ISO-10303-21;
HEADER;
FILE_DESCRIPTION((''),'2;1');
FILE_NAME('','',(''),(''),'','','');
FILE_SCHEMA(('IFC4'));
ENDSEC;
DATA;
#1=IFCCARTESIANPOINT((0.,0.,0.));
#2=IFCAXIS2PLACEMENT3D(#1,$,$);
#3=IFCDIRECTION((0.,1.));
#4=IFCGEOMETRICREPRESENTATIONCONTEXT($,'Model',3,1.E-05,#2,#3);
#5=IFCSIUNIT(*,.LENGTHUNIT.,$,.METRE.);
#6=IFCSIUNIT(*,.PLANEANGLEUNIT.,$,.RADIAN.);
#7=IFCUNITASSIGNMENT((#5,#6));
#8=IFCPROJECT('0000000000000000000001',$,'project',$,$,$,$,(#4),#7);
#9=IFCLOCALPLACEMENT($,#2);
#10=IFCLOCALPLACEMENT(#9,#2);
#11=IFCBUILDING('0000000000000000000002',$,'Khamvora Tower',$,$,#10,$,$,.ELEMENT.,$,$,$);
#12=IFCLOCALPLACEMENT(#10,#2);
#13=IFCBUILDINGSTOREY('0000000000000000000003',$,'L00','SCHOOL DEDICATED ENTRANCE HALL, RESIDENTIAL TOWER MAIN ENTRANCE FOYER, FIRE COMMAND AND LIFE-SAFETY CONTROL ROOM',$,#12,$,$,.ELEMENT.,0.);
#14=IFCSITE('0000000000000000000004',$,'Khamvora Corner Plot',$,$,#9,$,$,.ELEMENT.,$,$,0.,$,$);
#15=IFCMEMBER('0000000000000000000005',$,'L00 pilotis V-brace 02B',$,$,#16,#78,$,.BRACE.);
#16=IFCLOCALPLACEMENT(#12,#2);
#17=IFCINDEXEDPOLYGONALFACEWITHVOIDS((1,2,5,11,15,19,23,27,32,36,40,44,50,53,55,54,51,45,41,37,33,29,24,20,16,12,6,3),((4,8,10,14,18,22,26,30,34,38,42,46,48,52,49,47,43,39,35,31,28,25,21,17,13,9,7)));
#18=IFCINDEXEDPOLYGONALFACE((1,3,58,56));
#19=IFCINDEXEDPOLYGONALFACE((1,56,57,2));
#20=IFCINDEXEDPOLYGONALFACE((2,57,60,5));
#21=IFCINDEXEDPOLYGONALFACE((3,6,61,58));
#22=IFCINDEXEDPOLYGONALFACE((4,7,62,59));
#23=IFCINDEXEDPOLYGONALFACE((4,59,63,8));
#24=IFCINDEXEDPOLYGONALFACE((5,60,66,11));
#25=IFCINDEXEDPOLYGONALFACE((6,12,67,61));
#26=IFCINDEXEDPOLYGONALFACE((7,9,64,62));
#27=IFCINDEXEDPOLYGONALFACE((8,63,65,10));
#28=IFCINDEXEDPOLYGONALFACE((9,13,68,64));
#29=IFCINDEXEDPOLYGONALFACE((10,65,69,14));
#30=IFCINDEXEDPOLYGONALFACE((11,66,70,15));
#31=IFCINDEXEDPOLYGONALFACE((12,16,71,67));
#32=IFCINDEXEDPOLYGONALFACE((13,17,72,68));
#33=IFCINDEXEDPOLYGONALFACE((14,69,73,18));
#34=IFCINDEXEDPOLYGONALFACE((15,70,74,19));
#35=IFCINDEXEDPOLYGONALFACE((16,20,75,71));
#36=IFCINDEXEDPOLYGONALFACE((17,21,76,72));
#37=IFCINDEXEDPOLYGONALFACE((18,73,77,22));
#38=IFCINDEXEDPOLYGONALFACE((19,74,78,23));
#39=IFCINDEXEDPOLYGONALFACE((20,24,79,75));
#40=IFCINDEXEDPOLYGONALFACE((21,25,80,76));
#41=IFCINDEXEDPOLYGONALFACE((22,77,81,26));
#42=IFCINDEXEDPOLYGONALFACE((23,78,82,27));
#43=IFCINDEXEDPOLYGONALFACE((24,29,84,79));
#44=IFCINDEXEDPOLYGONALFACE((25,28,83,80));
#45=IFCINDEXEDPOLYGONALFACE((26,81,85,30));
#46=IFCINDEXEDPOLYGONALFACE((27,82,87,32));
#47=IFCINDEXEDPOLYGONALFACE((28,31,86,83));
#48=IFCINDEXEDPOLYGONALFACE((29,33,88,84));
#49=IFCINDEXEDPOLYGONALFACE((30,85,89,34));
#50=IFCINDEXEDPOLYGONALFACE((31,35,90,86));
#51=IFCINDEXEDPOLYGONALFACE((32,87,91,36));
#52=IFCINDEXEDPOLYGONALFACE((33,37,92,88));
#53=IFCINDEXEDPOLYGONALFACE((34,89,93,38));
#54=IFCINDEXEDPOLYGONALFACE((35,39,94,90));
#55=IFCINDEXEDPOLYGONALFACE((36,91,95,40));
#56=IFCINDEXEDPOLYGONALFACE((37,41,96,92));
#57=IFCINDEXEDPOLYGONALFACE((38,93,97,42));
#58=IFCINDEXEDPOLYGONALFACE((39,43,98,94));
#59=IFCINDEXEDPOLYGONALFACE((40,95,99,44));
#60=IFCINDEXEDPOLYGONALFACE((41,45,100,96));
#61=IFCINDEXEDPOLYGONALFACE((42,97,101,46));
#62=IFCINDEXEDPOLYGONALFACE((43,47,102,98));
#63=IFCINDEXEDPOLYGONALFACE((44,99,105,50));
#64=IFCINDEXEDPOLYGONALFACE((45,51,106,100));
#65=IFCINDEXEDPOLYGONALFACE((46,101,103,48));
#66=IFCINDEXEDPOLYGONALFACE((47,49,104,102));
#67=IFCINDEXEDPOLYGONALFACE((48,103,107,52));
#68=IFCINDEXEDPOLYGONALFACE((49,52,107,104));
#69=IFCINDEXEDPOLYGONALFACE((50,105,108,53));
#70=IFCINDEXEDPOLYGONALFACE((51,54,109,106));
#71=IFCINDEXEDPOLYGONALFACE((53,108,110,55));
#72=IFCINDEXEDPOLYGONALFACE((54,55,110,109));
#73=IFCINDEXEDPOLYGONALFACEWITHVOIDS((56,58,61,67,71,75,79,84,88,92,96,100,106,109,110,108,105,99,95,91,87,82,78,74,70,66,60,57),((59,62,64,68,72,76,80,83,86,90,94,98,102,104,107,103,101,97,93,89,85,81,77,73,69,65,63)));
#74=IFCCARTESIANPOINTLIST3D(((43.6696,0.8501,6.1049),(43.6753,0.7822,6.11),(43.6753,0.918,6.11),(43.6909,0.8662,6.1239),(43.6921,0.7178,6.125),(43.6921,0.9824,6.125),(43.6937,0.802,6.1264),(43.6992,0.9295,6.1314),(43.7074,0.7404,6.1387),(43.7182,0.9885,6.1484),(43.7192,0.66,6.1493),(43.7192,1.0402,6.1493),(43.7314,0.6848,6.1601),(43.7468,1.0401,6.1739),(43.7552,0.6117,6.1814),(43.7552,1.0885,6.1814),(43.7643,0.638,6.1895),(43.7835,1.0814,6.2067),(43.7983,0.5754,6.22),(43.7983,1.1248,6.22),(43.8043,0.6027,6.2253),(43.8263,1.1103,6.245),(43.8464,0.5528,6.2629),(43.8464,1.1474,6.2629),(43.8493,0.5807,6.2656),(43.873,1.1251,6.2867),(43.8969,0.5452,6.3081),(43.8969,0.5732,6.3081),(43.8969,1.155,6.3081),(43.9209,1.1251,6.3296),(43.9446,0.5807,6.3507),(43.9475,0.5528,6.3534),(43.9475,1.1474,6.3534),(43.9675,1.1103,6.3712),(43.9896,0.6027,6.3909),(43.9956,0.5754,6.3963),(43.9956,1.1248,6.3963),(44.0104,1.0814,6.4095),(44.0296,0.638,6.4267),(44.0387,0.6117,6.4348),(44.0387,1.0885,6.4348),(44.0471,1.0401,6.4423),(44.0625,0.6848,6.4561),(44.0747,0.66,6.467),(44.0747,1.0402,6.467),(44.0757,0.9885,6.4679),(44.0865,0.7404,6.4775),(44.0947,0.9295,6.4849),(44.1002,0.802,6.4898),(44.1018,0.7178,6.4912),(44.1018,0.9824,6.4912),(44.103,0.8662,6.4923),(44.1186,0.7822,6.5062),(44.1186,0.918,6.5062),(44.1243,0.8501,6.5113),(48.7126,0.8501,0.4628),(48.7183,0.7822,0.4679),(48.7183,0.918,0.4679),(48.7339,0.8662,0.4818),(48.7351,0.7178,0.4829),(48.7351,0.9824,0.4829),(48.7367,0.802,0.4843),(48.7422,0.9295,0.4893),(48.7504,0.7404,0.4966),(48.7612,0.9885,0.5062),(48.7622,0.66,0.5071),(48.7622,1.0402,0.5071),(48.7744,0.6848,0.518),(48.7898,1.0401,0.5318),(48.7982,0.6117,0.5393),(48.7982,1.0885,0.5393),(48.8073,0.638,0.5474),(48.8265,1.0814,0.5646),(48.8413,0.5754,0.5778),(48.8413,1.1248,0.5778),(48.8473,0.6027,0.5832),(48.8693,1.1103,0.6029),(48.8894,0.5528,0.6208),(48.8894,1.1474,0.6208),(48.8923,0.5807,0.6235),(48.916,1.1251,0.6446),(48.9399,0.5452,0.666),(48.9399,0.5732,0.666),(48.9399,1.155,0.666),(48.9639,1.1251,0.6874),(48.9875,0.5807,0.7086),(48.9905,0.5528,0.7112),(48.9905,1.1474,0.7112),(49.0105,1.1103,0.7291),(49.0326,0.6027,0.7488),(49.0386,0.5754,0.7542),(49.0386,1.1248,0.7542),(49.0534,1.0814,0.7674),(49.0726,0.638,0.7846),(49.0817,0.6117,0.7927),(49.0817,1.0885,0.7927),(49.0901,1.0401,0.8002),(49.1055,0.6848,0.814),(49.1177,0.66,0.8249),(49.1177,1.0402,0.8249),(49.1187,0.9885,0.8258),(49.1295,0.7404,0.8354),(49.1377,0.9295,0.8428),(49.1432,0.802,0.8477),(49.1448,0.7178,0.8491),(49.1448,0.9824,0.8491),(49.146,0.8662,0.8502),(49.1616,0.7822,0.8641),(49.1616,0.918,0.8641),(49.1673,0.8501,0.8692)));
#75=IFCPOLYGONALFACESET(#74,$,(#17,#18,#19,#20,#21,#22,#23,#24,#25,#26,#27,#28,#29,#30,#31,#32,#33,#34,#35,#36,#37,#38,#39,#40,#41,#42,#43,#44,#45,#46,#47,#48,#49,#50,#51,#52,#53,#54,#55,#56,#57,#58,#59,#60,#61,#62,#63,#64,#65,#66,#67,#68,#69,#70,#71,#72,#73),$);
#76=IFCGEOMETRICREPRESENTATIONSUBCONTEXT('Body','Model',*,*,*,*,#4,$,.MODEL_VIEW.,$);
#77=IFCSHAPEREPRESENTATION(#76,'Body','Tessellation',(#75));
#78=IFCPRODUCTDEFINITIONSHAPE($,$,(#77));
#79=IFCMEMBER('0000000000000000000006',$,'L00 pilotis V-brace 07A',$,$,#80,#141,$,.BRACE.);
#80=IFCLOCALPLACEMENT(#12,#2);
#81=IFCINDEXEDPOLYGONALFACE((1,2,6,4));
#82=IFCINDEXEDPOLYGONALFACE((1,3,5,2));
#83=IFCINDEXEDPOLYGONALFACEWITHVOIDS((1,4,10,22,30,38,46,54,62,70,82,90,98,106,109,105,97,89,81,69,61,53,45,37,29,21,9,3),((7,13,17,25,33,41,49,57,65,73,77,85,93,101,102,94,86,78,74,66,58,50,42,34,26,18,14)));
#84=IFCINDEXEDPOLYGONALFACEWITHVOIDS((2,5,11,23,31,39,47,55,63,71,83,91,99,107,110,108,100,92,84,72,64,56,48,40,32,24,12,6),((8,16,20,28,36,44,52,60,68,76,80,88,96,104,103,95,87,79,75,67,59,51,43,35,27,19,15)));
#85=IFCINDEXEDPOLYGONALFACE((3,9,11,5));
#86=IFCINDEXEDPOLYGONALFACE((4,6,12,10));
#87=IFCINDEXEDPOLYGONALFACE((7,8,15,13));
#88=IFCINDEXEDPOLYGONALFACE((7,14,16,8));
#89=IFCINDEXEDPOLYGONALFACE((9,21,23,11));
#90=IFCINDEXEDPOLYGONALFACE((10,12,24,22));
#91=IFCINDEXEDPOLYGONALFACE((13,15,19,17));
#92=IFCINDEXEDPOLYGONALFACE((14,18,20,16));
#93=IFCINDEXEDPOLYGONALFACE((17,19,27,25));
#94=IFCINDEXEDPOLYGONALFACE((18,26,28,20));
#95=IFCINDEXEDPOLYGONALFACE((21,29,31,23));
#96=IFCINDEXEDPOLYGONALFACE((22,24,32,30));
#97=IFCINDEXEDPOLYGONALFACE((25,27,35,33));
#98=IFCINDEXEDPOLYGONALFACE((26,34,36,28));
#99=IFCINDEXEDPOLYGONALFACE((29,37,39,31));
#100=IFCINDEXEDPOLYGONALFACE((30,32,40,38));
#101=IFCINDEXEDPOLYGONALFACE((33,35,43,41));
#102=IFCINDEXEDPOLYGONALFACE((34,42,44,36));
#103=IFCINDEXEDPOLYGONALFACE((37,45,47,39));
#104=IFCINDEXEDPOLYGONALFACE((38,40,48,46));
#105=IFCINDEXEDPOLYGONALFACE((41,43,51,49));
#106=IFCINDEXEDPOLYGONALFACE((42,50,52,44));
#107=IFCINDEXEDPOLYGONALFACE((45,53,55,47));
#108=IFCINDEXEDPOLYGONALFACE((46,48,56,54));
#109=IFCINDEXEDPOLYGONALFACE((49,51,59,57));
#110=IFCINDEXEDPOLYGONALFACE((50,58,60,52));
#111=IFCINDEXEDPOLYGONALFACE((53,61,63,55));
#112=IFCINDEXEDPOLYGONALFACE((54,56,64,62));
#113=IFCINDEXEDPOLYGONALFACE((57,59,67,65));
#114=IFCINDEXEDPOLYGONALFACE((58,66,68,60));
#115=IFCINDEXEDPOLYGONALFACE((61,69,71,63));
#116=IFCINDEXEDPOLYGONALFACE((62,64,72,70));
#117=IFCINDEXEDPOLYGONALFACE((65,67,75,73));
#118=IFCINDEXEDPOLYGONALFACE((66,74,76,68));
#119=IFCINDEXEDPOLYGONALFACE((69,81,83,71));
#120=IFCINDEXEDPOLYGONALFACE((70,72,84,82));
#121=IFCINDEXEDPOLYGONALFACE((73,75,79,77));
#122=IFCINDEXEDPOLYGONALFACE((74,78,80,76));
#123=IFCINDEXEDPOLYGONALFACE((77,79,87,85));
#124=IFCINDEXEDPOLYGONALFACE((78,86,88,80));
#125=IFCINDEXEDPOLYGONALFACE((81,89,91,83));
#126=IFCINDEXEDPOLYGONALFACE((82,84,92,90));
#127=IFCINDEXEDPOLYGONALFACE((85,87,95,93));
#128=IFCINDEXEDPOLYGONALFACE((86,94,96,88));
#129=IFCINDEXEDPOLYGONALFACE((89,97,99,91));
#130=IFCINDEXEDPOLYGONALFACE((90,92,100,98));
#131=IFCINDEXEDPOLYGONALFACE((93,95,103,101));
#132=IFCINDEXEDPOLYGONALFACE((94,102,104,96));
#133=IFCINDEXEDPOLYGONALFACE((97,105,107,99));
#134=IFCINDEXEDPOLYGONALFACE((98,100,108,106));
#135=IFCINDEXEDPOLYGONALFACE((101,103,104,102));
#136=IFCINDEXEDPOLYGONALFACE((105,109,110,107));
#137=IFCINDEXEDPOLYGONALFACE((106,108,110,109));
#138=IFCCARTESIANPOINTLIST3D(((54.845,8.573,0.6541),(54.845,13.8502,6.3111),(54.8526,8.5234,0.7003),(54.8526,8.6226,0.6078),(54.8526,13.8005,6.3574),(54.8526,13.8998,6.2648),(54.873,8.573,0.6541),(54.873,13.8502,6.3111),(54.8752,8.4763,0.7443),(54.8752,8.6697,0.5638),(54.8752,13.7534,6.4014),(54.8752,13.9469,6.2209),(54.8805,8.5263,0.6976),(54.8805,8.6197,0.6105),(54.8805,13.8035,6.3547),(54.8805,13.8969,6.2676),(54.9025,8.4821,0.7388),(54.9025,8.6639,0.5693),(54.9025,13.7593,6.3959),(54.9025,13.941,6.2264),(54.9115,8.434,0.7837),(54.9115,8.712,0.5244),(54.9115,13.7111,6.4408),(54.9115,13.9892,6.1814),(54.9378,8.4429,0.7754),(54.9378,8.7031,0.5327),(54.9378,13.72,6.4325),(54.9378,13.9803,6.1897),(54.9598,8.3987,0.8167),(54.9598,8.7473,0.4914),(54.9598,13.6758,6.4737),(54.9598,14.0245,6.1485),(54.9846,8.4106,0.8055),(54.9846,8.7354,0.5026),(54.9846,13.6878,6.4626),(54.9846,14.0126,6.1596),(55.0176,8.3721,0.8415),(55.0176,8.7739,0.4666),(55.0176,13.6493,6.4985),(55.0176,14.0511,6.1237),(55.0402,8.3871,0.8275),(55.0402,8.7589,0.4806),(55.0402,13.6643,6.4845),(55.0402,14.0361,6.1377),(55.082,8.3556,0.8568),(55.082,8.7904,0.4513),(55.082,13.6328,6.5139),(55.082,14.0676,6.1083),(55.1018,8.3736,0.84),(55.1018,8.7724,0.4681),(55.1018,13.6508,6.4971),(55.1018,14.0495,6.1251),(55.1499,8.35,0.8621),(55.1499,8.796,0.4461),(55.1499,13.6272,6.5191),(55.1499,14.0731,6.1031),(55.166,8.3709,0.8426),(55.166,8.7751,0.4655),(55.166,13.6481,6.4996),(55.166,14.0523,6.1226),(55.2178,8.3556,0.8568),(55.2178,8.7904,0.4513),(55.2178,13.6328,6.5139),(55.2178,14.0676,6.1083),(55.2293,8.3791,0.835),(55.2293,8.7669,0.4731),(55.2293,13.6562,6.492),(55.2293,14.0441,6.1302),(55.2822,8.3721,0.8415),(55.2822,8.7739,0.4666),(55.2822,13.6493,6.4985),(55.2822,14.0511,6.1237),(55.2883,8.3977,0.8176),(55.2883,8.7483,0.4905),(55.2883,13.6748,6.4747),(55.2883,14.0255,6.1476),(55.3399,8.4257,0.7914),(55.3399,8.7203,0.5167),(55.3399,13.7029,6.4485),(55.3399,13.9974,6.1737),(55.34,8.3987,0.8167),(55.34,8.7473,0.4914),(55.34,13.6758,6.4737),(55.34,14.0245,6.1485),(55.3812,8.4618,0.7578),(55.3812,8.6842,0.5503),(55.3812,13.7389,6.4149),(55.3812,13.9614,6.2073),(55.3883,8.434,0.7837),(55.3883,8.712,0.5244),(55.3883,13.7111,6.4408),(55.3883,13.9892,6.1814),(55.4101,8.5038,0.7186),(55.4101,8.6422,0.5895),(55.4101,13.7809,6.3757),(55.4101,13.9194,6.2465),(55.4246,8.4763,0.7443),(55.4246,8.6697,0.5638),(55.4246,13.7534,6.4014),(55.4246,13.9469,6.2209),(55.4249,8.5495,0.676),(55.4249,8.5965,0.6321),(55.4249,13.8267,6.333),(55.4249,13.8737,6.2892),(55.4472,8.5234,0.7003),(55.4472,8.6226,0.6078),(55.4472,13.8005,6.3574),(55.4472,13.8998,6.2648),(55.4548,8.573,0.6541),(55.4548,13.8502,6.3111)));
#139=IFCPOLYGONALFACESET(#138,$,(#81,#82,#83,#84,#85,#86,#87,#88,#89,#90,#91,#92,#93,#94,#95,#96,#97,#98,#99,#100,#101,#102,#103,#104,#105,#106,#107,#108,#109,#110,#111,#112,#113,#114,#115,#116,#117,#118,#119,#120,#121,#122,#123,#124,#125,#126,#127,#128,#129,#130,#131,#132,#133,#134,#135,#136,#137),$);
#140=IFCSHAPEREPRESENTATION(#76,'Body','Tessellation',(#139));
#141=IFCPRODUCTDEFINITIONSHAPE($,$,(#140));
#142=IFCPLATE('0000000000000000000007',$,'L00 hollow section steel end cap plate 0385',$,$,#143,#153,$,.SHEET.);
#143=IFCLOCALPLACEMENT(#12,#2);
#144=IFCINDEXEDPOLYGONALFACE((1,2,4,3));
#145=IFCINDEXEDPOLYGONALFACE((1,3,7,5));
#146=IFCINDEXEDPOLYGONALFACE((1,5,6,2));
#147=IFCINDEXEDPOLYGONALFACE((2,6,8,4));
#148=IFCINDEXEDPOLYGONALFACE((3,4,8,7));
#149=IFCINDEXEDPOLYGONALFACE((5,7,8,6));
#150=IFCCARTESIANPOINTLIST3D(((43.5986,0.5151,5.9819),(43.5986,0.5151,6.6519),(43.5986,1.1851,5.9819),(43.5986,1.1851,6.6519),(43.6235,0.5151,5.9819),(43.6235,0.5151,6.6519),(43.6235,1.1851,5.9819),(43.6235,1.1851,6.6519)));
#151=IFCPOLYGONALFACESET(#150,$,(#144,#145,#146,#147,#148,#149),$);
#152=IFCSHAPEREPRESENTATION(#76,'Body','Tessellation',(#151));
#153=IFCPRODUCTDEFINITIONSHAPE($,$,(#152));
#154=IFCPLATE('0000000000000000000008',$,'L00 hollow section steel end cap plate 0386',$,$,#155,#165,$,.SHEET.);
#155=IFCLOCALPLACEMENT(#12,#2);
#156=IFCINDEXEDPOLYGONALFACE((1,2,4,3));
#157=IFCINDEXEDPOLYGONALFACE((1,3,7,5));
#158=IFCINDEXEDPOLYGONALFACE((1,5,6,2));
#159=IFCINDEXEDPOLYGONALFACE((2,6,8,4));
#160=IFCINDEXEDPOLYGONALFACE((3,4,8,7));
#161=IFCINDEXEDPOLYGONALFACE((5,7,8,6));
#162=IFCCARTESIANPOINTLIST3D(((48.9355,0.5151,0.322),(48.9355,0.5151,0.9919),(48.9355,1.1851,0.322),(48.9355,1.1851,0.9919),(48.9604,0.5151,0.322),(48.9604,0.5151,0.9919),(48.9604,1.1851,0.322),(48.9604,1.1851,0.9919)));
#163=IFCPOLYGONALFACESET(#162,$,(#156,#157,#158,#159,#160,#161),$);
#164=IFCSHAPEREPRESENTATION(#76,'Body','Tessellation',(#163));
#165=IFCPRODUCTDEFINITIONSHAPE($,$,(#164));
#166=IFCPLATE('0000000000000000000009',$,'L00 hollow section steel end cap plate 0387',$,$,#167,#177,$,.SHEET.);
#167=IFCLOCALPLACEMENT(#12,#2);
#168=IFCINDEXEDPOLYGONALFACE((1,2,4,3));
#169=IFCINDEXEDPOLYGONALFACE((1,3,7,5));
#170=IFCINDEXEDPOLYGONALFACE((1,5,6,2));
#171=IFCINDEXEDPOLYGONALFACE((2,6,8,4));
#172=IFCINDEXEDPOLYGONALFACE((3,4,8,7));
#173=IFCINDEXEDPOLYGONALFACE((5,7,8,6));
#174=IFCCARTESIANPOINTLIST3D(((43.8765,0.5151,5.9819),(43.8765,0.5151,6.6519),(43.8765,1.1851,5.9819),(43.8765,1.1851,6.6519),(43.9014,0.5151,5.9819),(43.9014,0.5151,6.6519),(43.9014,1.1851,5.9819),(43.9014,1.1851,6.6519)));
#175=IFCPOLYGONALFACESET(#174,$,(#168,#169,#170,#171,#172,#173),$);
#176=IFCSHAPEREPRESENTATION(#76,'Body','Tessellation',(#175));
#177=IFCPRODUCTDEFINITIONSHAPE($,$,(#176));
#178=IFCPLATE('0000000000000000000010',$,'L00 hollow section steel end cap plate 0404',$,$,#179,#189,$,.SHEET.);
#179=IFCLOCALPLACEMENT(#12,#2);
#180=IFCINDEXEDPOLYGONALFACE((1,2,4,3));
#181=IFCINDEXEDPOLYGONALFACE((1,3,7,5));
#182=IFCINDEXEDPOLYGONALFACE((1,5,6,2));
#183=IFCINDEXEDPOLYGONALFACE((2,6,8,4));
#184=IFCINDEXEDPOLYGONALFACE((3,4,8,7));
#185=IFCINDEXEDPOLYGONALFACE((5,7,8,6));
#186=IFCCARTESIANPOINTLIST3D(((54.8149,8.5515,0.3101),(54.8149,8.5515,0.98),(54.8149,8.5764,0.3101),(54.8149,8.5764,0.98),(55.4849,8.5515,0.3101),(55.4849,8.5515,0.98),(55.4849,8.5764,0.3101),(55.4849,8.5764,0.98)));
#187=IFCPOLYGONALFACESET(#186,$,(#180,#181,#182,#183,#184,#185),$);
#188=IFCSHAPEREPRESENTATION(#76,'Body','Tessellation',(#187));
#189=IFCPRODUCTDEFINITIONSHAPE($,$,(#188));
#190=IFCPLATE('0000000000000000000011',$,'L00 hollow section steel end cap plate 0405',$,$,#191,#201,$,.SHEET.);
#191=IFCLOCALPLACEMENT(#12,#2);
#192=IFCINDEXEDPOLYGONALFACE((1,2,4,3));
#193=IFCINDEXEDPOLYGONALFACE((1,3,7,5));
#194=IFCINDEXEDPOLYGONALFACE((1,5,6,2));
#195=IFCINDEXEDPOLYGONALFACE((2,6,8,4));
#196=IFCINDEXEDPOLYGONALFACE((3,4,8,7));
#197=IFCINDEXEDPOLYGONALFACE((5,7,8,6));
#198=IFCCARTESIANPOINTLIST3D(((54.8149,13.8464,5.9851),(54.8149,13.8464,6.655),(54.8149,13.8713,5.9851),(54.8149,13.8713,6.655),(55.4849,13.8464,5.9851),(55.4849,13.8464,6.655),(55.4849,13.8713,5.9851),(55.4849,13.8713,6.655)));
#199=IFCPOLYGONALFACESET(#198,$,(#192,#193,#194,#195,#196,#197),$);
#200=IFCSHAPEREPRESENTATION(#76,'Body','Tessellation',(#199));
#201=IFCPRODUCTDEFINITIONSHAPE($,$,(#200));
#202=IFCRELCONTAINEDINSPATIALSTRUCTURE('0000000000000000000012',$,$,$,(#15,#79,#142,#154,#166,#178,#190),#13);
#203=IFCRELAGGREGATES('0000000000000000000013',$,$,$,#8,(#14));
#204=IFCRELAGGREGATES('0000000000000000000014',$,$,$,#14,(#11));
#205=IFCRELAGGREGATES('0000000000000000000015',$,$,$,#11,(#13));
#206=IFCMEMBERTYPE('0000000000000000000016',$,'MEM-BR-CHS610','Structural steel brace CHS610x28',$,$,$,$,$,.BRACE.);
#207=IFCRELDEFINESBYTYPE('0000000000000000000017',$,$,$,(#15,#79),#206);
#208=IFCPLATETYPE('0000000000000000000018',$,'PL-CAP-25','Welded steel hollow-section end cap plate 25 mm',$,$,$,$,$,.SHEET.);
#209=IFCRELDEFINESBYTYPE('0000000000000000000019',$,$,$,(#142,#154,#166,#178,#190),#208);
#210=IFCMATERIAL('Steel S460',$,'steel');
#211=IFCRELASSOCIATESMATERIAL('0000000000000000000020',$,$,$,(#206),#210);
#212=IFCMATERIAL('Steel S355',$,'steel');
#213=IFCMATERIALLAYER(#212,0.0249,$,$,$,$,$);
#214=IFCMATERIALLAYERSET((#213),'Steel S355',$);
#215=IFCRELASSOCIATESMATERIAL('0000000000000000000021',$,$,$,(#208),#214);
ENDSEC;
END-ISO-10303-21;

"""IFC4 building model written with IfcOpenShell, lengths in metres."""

from ifc_helpers import new_model, si_unit, direction, frame, origin, origin_2d, place, context, subcontext, project, spatial, rectangle, hollow_circle, extrude, material, layer, layer_set, material_profile, profile_set, type_object, element, save


model = new_model("IFC4")

# Units and contexts
model_context = context("Model", 3, precision=1e-05, world=origin(), true_north=direction((0.0, 1.0)))
body_context = subcontext(model_context, "Body", "Model", "MODEL_VIEW")
ifc_project = project(units=[si_unit("LENGTHUNIT", "METRE"), si_unit("PLANEANGLEUNIT", "RADIAN")], contexts=[model_context])

# Site, building, storey
site_placement = place(None, origin())
site = spatial("IfcSite", under=ifc_project, at=site_placement, Name="Khamvora Corner Plot", CompositionType="ELEMENT", RefElevation=0.0)
building_placement = place(site_placement, origin())
building = spatial("IfcBuilding", under=site, at=building_placement, Name="Khamvora Tower", CompositionType="ELEMENT")
storey_placement = place(building_placement, origin())
storey = spatial("IfcBuildingStorey", under=building, at=storey_placement, Name="L00", Description="SCHOOL DEDICATED ENTRANCE HALL, RESIDENTIAL TOWER MAIN ENTRANCE FOYER, FIRE COMMAND AND LIFE-SAFETY CONTROL ROOM", CompositionType="ELEMENT", Elevation=0.0)

# Shared definitions
ifc_material_1 = material(Name="Steel S460", Category="steel")

# Shared definitions
ifc_material_2 = material(Name="Steel S355", Category="steel")

# Members
ifc_material_profile_1 = material_profile(ifc_material_1, hollow_circle(Radius=0.3049, WallThickness=0.0281, at=origin_2d()), Name="CHS610x28")
ifc_profile_set_1 = profile_set([ifc_material_profile_1], Name="Steel S460")
member_type = type_object("IfcMemberType", Name="MEM-BR-CHS610", Description="Structural steel brace CHS610x28", PredefinedType="BRACE", material=ifc_profile_set_1)
member_1_placement = place(storey_placement, frame((48.9399, 0.8501, 0.666), z_axis=(-0.666412, 0.0, 0.745584), x_axis=(0.0, -1.0, 0.0)))
element("IfcMember", 1, at=member_1_placement, inside=storey, type_object=member_type, Name="L00 pilotis V-brace 02B", PredefinedType="BRACE", context=body_context, shape_type="SweptSolid", body=[
    extrude(hollow_circle(Radius=0.3049, WallThickness=0.0281, at=origin_2d()), origin(), (0.0, 0.0, 1.0), 7.5674),
])
member_2_placement = place(storey_placement, frame((55.1499, 8.573, 0.6541), z_axis=(0.0, 0.682128, 0.731233), x_axis=(-1.0, 0.0, 0.0)))
element("IfcMember", 2, at=member_2_placement, inside=storey, type_object=member_type, Name="L00 pilotis V-brace 07A", PredefinedType="BRACE", context=body_context, shape_type="SweptSolid", body=[
    extrude(hollow_circle(Radius=0.3049, WallThickness=0.0281, at=origin_2d()), origin(), (0.0, 0.0, 1.0), 7.7363),
])

# Plates
ifc_layer_1 = layer(ifc_material_2, 0.0249)
ifc_layer_set_1 = layer_set([ifc_layer_1], Name="Steel S355")
plate_type_1 = type_object("IfcPlateType", Name="PL-CAP-25", Description="Welded steel hollow-section end cap plate 25 mm", PredefinedType="SHEET", material=ifc_layer_set_1)
for number, where, z_axis, x_axis, name in (
    (3, (43.6111, 0.8501, 5.9819), (0.0, 0.0, 1.0), (1.0, 0.0, 0.0), "L00 hollow section steel end cap plate 0385"),
    (4, (48.948, 0.8501, 0.322), (0.0, 0.0, 1.0), (-1.0, 0.0, 0.0), "L00 hollow section steel end cap plate 0386"),
    (5, (43.8889, 0.8501, 5.9819), (0.0, 0.0, 1.0), (-1.0, 0.0, 0.0), "L00 hollow section steel end cap plate 0387"),
    (6, (55.1499, 8.564, 0.3101), (0.0, 0.0, 1.0), (0.0, 1.0, 0.0), "L00 hollow section steel end cap plate 0404"),
    (7, (55.1499, 13.8589, 5.9851), (0.0, 0.0, 1.0), (0.0, 1.0, 0.0), "L00 hollow section steel end cap plate 0405"),
):
    element("IfcPlate", number, at=place(storey_placement, frame(where, z_axis=z_axis, x_axis=x_axis)), inside=storey, type_object=plate_type_1, Name=name, PredefinedType="SHEET", context=body_context, shape_type="SweptSolid", body=[
        extrude(rectangle(XDim=0.0249, YDim=0.6699, at=origin_2d()), origin(), (0.0, 0.0, 1.0), 0.6699),
    ])

save(model, "model.ifc")
